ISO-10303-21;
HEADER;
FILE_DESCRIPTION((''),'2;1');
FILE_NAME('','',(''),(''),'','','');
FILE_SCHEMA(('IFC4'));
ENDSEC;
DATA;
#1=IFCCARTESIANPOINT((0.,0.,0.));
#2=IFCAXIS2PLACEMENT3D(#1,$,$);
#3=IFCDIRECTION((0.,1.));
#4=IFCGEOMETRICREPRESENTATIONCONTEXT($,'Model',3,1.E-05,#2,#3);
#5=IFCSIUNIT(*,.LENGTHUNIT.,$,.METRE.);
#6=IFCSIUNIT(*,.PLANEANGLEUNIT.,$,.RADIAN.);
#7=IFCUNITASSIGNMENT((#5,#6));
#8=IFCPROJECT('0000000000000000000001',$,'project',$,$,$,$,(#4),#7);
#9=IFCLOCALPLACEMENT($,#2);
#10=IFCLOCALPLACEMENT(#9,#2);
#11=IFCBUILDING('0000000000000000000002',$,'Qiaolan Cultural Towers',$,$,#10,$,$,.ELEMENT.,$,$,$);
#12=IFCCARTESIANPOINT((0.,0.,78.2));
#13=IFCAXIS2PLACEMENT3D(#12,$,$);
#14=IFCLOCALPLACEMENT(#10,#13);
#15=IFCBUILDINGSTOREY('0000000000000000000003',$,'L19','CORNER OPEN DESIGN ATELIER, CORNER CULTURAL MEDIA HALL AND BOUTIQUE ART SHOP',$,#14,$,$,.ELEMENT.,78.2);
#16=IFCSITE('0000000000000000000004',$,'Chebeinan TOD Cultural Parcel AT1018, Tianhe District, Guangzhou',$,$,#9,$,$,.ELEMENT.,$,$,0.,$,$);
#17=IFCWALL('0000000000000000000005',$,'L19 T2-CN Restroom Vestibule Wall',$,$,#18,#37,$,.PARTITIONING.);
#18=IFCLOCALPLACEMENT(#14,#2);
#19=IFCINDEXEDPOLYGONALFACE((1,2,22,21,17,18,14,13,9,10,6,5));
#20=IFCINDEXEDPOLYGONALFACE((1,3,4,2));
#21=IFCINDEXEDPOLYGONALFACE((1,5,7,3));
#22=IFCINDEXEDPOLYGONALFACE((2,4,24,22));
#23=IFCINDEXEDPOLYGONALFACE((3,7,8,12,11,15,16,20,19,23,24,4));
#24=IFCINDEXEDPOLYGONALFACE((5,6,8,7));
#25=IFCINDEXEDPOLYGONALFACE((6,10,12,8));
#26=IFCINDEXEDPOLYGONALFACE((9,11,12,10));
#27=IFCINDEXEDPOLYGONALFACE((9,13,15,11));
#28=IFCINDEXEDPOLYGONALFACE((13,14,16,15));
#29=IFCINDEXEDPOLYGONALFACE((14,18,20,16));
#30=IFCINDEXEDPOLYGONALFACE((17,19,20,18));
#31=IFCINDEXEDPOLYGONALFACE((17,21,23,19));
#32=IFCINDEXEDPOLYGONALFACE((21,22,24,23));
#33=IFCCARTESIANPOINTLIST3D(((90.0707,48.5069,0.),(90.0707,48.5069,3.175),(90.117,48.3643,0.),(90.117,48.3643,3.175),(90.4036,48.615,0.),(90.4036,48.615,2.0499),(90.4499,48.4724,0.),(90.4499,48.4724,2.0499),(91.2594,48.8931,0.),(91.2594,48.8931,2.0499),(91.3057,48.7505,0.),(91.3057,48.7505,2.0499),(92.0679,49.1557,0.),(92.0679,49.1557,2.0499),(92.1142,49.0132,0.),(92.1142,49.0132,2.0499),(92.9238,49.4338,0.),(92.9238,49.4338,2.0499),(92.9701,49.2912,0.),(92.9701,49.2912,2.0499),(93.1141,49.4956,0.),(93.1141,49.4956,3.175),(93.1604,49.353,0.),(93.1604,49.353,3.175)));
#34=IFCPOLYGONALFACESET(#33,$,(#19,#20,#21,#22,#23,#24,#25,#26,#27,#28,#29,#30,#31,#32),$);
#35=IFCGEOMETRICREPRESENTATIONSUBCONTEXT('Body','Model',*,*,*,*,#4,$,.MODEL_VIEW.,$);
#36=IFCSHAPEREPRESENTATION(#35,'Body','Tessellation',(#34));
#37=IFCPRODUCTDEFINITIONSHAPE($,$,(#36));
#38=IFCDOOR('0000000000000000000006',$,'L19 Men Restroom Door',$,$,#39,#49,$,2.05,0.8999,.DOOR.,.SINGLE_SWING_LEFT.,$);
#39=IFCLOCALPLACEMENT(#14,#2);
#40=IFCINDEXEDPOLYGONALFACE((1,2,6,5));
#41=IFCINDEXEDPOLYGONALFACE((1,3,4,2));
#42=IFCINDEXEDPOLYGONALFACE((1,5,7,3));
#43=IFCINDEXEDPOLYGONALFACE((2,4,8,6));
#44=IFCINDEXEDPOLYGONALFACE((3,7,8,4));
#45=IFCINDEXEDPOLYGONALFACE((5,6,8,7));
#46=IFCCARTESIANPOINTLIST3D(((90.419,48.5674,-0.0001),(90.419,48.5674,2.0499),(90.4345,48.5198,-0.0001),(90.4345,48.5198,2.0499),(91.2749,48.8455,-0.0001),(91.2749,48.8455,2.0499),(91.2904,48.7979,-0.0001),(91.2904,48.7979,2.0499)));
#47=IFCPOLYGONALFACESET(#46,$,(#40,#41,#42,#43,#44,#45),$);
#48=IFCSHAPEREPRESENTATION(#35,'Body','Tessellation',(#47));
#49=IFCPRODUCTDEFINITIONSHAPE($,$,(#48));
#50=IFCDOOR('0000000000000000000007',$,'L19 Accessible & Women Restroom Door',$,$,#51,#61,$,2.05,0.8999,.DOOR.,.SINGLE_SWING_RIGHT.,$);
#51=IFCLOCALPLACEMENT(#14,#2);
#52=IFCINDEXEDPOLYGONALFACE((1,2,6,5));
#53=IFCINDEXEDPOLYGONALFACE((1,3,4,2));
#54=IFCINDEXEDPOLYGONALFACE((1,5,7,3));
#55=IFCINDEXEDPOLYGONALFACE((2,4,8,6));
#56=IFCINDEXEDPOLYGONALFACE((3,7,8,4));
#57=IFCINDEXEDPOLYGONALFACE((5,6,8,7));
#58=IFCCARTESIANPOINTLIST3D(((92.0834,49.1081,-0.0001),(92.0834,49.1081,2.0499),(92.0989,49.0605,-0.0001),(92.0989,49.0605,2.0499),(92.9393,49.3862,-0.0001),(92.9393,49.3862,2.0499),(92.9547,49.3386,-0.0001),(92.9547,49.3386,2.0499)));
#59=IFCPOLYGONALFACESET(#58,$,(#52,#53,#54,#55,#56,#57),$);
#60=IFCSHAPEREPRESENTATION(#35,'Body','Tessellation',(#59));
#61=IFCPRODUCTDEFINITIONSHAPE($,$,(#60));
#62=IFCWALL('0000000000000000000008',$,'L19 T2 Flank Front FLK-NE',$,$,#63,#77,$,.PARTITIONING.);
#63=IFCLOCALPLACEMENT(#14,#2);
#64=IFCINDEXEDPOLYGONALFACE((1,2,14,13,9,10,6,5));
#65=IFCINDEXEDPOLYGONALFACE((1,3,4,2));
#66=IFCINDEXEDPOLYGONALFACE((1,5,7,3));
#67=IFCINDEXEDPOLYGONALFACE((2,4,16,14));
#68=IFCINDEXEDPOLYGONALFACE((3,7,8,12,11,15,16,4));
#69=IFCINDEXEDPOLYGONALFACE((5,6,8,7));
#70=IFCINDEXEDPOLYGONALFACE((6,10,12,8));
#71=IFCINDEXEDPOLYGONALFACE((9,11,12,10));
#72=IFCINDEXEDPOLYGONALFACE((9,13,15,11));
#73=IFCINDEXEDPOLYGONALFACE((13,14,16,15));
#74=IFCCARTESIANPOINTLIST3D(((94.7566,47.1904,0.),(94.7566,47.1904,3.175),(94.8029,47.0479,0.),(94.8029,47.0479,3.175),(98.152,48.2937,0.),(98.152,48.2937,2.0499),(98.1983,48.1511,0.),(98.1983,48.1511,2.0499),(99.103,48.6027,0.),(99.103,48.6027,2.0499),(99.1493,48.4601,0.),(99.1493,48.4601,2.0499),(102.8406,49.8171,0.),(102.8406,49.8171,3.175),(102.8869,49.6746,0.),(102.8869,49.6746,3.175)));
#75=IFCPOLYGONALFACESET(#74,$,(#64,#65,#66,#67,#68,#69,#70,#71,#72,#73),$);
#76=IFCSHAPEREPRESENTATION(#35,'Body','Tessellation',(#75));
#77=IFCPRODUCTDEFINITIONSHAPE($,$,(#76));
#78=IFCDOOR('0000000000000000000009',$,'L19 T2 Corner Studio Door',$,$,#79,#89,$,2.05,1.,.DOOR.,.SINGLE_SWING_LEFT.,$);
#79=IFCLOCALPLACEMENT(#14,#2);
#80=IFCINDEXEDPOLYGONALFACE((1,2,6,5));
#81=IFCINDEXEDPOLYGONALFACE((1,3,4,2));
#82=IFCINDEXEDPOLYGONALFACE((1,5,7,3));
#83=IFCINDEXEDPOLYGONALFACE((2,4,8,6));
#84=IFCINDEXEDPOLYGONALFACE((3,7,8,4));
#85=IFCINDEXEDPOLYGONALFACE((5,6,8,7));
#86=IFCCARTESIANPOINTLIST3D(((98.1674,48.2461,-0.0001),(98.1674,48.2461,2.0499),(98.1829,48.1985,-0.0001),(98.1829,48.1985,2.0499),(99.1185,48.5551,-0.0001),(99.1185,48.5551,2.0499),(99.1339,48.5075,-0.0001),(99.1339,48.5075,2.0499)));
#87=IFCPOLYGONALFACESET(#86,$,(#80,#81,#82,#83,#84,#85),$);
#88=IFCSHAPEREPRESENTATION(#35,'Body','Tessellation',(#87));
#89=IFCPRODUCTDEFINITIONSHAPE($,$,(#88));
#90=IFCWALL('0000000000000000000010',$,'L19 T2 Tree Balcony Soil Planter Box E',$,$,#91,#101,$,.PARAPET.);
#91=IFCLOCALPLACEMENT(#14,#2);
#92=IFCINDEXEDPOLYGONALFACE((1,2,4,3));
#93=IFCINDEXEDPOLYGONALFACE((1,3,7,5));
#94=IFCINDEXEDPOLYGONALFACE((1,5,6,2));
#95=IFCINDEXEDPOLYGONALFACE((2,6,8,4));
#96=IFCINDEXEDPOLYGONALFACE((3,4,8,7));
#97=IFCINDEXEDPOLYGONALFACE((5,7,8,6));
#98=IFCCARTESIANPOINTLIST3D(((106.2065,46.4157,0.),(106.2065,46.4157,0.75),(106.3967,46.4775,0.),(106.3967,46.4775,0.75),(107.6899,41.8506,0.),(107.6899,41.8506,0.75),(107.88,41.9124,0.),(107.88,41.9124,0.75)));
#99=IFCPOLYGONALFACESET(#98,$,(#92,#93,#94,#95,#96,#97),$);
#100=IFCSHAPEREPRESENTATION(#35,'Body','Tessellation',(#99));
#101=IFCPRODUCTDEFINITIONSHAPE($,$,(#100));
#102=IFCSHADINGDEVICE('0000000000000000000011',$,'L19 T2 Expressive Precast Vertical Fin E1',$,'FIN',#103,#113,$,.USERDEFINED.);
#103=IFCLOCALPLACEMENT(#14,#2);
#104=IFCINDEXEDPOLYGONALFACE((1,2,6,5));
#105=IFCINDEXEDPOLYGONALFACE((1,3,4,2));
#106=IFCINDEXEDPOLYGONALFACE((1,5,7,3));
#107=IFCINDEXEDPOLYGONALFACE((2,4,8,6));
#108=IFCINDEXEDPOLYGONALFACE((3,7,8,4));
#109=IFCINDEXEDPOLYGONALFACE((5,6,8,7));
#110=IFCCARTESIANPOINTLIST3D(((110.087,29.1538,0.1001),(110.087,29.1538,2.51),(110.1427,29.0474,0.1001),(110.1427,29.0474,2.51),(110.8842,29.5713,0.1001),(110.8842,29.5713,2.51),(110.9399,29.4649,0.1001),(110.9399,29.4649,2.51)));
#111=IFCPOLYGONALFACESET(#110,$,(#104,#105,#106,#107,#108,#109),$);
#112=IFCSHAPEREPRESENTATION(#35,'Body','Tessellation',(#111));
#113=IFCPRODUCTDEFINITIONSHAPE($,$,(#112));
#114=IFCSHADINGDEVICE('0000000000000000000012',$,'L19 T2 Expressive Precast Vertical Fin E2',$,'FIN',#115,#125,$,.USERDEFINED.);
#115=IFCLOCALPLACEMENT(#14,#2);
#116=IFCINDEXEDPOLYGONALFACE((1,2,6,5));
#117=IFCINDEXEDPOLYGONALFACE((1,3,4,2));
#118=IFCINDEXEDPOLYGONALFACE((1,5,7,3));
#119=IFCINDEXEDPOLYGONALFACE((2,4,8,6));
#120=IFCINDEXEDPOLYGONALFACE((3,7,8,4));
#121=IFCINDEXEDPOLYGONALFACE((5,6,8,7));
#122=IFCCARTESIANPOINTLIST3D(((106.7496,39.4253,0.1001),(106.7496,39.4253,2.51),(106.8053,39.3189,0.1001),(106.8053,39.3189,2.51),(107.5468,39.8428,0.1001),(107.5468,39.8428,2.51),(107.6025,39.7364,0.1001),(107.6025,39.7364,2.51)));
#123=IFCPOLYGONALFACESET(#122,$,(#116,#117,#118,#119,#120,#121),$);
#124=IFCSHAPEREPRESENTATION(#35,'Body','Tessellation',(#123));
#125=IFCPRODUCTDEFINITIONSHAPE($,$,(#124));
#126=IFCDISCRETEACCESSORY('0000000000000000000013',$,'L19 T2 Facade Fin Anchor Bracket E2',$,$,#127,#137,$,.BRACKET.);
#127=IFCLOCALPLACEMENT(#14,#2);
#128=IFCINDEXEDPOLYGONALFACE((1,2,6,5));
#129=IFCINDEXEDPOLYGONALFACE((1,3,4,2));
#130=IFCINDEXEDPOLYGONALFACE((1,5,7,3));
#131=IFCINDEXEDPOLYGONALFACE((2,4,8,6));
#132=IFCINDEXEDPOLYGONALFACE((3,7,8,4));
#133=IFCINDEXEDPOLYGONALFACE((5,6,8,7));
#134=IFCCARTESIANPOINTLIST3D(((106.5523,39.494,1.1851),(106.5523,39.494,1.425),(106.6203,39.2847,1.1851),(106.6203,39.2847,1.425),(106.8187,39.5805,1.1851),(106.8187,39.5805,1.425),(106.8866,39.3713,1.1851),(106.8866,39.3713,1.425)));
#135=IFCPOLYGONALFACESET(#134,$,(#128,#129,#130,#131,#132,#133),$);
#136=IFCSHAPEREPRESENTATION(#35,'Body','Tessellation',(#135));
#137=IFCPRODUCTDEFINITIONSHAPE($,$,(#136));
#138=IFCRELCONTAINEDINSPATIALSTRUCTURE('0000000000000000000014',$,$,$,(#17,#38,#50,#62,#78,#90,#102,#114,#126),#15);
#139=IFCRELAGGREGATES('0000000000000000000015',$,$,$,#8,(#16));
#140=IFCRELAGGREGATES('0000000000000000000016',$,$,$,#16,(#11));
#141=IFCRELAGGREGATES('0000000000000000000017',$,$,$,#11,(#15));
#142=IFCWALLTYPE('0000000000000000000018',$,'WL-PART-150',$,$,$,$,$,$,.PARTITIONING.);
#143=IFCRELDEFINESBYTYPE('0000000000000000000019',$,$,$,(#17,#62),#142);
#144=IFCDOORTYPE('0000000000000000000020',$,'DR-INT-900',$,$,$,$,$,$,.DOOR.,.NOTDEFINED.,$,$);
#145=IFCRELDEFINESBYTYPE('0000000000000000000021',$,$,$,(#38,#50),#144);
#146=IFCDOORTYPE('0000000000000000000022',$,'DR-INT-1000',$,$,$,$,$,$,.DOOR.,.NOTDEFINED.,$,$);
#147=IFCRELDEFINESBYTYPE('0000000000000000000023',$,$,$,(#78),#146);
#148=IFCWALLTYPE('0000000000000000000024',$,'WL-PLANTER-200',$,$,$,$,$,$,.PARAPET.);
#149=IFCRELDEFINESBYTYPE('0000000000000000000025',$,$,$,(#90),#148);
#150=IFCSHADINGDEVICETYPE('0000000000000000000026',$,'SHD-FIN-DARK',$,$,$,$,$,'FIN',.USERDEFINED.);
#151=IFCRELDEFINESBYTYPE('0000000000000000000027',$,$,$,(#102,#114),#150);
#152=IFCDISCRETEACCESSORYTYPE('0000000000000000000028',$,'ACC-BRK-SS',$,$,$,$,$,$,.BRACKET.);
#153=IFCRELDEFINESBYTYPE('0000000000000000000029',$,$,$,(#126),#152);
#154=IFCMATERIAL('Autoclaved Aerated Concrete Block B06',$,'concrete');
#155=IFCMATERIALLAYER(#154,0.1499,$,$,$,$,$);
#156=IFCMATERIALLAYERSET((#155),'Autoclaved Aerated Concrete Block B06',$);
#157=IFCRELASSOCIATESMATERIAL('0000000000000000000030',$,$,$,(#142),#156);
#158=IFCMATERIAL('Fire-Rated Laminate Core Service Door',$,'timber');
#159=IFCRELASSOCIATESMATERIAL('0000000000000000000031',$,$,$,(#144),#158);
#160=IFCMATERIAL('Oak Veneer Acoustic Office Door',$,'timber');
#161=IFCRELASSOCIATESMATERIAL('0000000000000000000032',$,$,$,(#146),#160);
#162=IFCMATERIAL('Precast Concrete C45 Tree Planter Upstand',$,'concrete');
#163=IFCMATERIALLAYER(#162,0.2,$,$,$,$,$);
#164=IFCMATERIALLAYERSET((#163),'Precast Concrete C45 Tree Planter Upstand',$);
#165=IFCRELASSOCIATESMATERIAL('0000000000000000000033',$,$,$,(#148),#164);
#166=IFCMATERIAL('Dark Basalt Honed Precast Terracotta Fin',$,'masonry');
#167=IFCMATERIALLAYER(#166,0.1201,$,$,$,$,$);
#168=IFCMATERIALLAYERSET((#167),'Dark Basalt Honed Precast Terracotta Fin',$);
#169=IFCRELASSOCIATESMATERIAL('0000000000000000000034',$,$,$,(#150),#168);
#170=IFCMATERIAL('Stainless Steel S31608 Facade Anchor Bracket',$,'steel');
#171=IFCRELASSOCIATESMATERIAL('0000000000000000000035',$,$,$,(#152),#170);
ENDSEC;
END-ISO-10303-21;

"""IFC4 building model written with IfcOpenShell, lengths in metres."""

from ifc_helpers import new_model, si_unit, direction, frame, frame_2d, origin, origin_2d, place, context, subcontext, project, spatial, rectangle, extrude, material, layer, layer_set, type_object, element, fill, save


model = new_model("IFC4")

# Units and contexts
model_context = context("Model", 3, precision=1e-05, world=origin(), true_north=direction((0.0, 1.0)))
body_context = subcontext(model_context, "Body", "Model", "MODEL_VIEW")
ifc_project = project(units=[si_unit("LENGTHUNIT", "METRE"), si_unit("PLANEANGLEUNIT", "RADIAN")], contexts=[model_context])

# Site, building, storey
site_placement = place(None, origin())
site = spatial("IfcSite", under=ifc_project, at=site_placement, Name="Chebeinan TOD Cultural Parcel AT1018, Tianhe District, Guangzhou", CompositionType="ELEMENT", RefElevation=0.0)
building_placement = place(site_placement, origin())
building = spatial("IfcBuilding", under=site, at=building_placement, Name="Qiaolan Cultural Towers", CompositionType="ELEMENT")
storey_placement = place(building_placement, frame((0.0, 0.0, 78.2)))
storey = spatial("IfcBuildingStorey", under=building, at=storey_placement, Name="L19", Description="CORNER OPEN DESIGN ATELIER, CORNER CULTURAL MEDIA HALL AND BOUTIQUE ART SHOP", CompositionType="ELEMENT", Elevation=78.2)

# Shared definitions
ifc_material_1 = material(Name="Autoclaved Aerated Concrete Block B06", Category="concrete")
ifc_layer_1 = layer(ifc_material_1, 0.1499)
ifc_layer_set_1 = layer_set([ifc_layer_1], Name="Autoclaved Aerated Concrete Block B06")
wall_type_1 = type_object("IfcWallType", Name="WL-PART-150", PredefinedType="PARTITIONING", material=ifc_layer_set_1)

# Wall, openings, doors
wall_1_placement = place(storey_placement, frame((90.0938, 48.4355, 0.0), z_axis=(0.0, 0.0, 1.0), x_axis=(0.951067, 0.308986, 0.0)))
wall_1 = element("IfcWall", 1, at=wall_1_placement, inside=storey, type_object=wall_type_1, Name="L19 T2-CN Restroom Vestibule Wall", PredefinedType="PARTITIONING", context=body_context, shape_type="SweptSolid", body=[
    extrude(rectangle(XDim=3.2, YDim=0.1499, at=frame_2d((1.6001, 0.0))), origin(), (0.0, 0.0, 1.0), 3.175),
])
opening_1_placement = place(wall_1_placement, frame((0.3501, 0.0, 0.0)))
opening_1 = element("IfcOpeningElement", 2, at=opening_1_placement, cuts=wall_1, PredefinedType="OPENING", context=body_context, shape_type="SweptSolid", body=[
    extrude(rectangle(XDim=0.8999, YDim=2.05, at=frame_2d((0.45, 1.0249))), frame((0.0, 0.085, 0.0), z_axis=(0.0, -1.0, 0.0), x_axis=(1.0, 0.0, 0.0)), (0.0, 0.0, 1.0), 0.1699),
])
opening_2_placement = place(wall_1_placement, frame((2.1001, 0.0, 0.0)))
opening_2 = element("IfcOpeningElement", 3, at=opening_2_placement, cuts=wall_1, PredefinedType="OPENING", context=body_context, shape_type="SweptSolid", body=[
    extrude(rectangle(XDim=0.8999, YDim=2.05, at=frame_2d((0.45, 1.0249))), frame((0.0, 0.085, 0.0), z_axis=(0.0, -1.0, 0.0), x_axis=(1.0, 0.0, 0.0)), (0.0, 0.0, 1.0), 0.1699),
])
ifc_material_2 = material(Name="Fire-Rated Laminate Core Service Door", Category="timber")
door_type_1 = type_object("IfcDoorType", Name="DR-INT-900", OperationType="NOTDEFINED", PredefinedType="DOOR", material=ifc_material_2)
door_1_placement = place(opening_1_placement, origin())
door_1 = element("IfcDoor", 4, at=door_1_placement, inside=storey, type_object=door_type_1, Name="L19 Men Restroom Door", OperationType="SINGLE_SWING_LEFT", OverallHeight=2.05, OverallWidth=0.8999, PredefinedType="DOOR", context=body_context, shape_type="SweptSolid", body=[
    extrude(rectangle(XDim=0.8999, YDim=2.05, at=frame_2d((0.45, 1.0249))), frame((0.0, 0.0249, 0.0), z_axis=(0.0, -1.0, 0.0), x_axis=(1.0, 0.0, 0.0)), (0.0, 0.0, 1.0), 0.05),
])
fill(opening_1, door_1)
door_2_placement = place(opening_2_placement, origin())
door_2 = element("IfcDoor", 5, at=door_2_placement, inside=storey, type_object=door_type_1, Name="L19 Accessible & Women Restroom Door", OperationType="SINGLE_SWING_RIGHT", OverallHeight=2.05, OverallWidth=0.8999, PredefinedType="DOOR", context=body_context, shape_type="SweptSolid", body=[
    extrude(rectangle(XDim=0.8999, YDim=2.05, at=frame_2d((0.45, 1.0249))), frame((0.0, 0.0249, 0.0), z_axis=(0.0, -1.0, 0.0), x_axis=(1.0, 0.0, 0.0)), (0.0, 0.0, 1.0), 0.05),
])
fill(opening_2, door_2)

# Wall, opening, door
wall_2_placement = place(storey_placement, frame((94.7798, 47.1191, 0.0), z_axis=(0.0, 0.0, 1.0), x_axis=(0.951054, 0.309024, 0.0)))
wall_2 = element("IfcWall", 6, at=wall_2_placement, inside=storey, type_object=wall_type_1, Name="L19 T2 Flank Front FLK-NE", PredefinedType="PARTITIONING", context=body_context, shape_type="SweptSolid", body=[
    extrude(rectangle(XDim=8.5, YDim=0.1499, at=frame_2d((4.25, 0.0))), origin(), (0.0, 0.0, 1.0), 3.175),
])
opening_3_placement = place(wall_2_placement, frame((3.5701, 0.0, 0.0)))
opening_3 = element("IfcOpeningElement", 7, at=opening_3_placement, cuts=wall_2, PredefinedType="OPENING", context=body_context, shape_type="SweptSolid", body=[
    extrude(rectangle(XDim=1.0, YDim=2.05, at=frame_2d((0.5, 1.0249))), frame((0.0, 0.085, 0.0), z_axis=(0.0, -1.0, 0.0), x_axis=(1.0, 0.0, 0.0)), (0.0, 0.0, 1.0), 0.1699),
])
ifc_material_3 = material(Name="Oak Veneer Acoustic Office Door", Category="timber")
door_type_2 = type_object("IfcDoorType", Name="DR-INT-1000", OperationType="NOTDEFINED", PredefinedType="DOOR", material=ifc_material_3)
door_3_placement = place(opening_3_placement, origin())
door_3 = element("IfcDoor", 8, at=door_3_placement, inside=storey, type_object=door_type_2, Name="L19 T2 Corner Studio Door", OperationType="SINGLE_SWING_LEFT", OverallHeight=2.05, OverallWidth=1.0, PredefinedType="DOOR", context=body_context, shape_type="SweptSolid", body=[
    extrude(rectangle(XDim=1.0, YDim=2.05, at=frame_2d((0.5, 1.0249))), frame((0.0, 0.0249, 0.0), z_axis=(0.0, -1.0, 0.0), x_axis=(1.0, 0.0, 0.0)), (0.0, 0.0, 1.0), 0.05),
])
fill(opening_3, door_3)

# Wall
ifc_material_4 = material(Name="Precast Concrete C45 Tree Planter Upstand", Category="concrete")
ifc_layer_2 = layer(ifc_material_4, 0.2)
ifc_layer_set_2 = layer_set([ifc_layer_2], Name="Precast Concrete C45 Tree Planter Upstand")
wall_type_2 = type_object("IfcWallType", Name="WL-PLANTER-200", PredefinedType="PARAPET", material=ifc_layer_set_2)
wall_3_placement = place(storey_placement, frame((107.7849, 41.8816, 0.0), z_axis=(0.0, 0.0, 1.0), x_axis=(-0.309032, 0.951052, 0.0)))
element("IfcWall", 9, at=wall_3_placement, inside=storey, type_object=wall_type_2, Name="L19 T2 Tree Balcony Soil Planter Box E", PredefinedType="PARAPET", context=body_context, shape_type="SweptSolid", body=[
    extrude(rectangle(XDim=4.8, YDim=0.2, at=frame_2d((2.3999, 0.0))), origin(), (0.0, 0.0, 1.0), 0.75),
])

# Shading devices
ifc_material_5 = material(Name="Dark Basalt Honed Precast Terracotta Fin", Category="masonry")
ifc_layer_3 = layer(ifc_material_5, 0.1201)
ifc_layer_set_3 = layer_set([ifc_layer_3], Name="Dark Basalt Honed Precast Terracotta Fin")
shading_device_type = type_object("IfcShadingDeviceType", Name="SHD-FIN-DARK", ElementType="FIN", PredefinedType="USERDEFINED", material=ifc_layer_set_3)
for number, where, z_axis, x_axis, name in (
    (10, (110.5134, 29.3093, 0.1001), (0.0, 0.0, 1.0), (0.885865, 0.463943, 0.0), "L19 T2 Expressive Precast Vertical Fin E1"),
    (11, (107.176, 39.5808, 0.1001), (0.0, 0.0, 1.0), (0.885865, 0.463943, 0.0), "L19 T2 Expressive Precast Vertical Fin E2"),
):
    element("IfcShadingDevice", number, at=place(storey_placement, frame(where, z_axis=z_axis, x_axis=x_axis)), inside=storey, type_object=shading_device_type, Name=name, ObjectType="FIN", PredefinedType="USERDEFINED", context=body_context, shape_type="SweptSolid", body=[
        extrude(rectangle(XDim=0.8999, YDim=0.1201, at=origin_2d()), origin(), (0.0, 0.0, 1.0), 2.4099),
    ])

# Discrete accessory
ifc_material_6 = material(Name="Stainless Steel S31608 Facade Anchor Bracket", Category="steel")
discrete_accessory_type = type_object("IfcDiscreteAccessoryType", Name="ACC-BRK-SS", PredefinedType="BRACKET", material=ifc_material_6)
discrete_accessory_placement = place(storey_placement, frame((106.7195, 39.4326, 1.1851), z_axis=(0.0, 0.0, 1.0), x_axis=(0.951057, 0.309017, 0.0)))
element("IfcDiscreteAccessory", 12, at=discrete_accessory_placement, inside=storey, type_object=discrete_accessory_type, Name="L19 T2 Facade Fin Anchor Bracket E2", PredefinedType="BRACKET", context=body_context, shape_type="SweptSolid", body=[
    extrude(rectangle(XDim=0.28, YDim=0.22, at=origin_2d()), origin(), (0.0, 0.0, 1.0), 0.24),
])

save(model, "model.ifc")
